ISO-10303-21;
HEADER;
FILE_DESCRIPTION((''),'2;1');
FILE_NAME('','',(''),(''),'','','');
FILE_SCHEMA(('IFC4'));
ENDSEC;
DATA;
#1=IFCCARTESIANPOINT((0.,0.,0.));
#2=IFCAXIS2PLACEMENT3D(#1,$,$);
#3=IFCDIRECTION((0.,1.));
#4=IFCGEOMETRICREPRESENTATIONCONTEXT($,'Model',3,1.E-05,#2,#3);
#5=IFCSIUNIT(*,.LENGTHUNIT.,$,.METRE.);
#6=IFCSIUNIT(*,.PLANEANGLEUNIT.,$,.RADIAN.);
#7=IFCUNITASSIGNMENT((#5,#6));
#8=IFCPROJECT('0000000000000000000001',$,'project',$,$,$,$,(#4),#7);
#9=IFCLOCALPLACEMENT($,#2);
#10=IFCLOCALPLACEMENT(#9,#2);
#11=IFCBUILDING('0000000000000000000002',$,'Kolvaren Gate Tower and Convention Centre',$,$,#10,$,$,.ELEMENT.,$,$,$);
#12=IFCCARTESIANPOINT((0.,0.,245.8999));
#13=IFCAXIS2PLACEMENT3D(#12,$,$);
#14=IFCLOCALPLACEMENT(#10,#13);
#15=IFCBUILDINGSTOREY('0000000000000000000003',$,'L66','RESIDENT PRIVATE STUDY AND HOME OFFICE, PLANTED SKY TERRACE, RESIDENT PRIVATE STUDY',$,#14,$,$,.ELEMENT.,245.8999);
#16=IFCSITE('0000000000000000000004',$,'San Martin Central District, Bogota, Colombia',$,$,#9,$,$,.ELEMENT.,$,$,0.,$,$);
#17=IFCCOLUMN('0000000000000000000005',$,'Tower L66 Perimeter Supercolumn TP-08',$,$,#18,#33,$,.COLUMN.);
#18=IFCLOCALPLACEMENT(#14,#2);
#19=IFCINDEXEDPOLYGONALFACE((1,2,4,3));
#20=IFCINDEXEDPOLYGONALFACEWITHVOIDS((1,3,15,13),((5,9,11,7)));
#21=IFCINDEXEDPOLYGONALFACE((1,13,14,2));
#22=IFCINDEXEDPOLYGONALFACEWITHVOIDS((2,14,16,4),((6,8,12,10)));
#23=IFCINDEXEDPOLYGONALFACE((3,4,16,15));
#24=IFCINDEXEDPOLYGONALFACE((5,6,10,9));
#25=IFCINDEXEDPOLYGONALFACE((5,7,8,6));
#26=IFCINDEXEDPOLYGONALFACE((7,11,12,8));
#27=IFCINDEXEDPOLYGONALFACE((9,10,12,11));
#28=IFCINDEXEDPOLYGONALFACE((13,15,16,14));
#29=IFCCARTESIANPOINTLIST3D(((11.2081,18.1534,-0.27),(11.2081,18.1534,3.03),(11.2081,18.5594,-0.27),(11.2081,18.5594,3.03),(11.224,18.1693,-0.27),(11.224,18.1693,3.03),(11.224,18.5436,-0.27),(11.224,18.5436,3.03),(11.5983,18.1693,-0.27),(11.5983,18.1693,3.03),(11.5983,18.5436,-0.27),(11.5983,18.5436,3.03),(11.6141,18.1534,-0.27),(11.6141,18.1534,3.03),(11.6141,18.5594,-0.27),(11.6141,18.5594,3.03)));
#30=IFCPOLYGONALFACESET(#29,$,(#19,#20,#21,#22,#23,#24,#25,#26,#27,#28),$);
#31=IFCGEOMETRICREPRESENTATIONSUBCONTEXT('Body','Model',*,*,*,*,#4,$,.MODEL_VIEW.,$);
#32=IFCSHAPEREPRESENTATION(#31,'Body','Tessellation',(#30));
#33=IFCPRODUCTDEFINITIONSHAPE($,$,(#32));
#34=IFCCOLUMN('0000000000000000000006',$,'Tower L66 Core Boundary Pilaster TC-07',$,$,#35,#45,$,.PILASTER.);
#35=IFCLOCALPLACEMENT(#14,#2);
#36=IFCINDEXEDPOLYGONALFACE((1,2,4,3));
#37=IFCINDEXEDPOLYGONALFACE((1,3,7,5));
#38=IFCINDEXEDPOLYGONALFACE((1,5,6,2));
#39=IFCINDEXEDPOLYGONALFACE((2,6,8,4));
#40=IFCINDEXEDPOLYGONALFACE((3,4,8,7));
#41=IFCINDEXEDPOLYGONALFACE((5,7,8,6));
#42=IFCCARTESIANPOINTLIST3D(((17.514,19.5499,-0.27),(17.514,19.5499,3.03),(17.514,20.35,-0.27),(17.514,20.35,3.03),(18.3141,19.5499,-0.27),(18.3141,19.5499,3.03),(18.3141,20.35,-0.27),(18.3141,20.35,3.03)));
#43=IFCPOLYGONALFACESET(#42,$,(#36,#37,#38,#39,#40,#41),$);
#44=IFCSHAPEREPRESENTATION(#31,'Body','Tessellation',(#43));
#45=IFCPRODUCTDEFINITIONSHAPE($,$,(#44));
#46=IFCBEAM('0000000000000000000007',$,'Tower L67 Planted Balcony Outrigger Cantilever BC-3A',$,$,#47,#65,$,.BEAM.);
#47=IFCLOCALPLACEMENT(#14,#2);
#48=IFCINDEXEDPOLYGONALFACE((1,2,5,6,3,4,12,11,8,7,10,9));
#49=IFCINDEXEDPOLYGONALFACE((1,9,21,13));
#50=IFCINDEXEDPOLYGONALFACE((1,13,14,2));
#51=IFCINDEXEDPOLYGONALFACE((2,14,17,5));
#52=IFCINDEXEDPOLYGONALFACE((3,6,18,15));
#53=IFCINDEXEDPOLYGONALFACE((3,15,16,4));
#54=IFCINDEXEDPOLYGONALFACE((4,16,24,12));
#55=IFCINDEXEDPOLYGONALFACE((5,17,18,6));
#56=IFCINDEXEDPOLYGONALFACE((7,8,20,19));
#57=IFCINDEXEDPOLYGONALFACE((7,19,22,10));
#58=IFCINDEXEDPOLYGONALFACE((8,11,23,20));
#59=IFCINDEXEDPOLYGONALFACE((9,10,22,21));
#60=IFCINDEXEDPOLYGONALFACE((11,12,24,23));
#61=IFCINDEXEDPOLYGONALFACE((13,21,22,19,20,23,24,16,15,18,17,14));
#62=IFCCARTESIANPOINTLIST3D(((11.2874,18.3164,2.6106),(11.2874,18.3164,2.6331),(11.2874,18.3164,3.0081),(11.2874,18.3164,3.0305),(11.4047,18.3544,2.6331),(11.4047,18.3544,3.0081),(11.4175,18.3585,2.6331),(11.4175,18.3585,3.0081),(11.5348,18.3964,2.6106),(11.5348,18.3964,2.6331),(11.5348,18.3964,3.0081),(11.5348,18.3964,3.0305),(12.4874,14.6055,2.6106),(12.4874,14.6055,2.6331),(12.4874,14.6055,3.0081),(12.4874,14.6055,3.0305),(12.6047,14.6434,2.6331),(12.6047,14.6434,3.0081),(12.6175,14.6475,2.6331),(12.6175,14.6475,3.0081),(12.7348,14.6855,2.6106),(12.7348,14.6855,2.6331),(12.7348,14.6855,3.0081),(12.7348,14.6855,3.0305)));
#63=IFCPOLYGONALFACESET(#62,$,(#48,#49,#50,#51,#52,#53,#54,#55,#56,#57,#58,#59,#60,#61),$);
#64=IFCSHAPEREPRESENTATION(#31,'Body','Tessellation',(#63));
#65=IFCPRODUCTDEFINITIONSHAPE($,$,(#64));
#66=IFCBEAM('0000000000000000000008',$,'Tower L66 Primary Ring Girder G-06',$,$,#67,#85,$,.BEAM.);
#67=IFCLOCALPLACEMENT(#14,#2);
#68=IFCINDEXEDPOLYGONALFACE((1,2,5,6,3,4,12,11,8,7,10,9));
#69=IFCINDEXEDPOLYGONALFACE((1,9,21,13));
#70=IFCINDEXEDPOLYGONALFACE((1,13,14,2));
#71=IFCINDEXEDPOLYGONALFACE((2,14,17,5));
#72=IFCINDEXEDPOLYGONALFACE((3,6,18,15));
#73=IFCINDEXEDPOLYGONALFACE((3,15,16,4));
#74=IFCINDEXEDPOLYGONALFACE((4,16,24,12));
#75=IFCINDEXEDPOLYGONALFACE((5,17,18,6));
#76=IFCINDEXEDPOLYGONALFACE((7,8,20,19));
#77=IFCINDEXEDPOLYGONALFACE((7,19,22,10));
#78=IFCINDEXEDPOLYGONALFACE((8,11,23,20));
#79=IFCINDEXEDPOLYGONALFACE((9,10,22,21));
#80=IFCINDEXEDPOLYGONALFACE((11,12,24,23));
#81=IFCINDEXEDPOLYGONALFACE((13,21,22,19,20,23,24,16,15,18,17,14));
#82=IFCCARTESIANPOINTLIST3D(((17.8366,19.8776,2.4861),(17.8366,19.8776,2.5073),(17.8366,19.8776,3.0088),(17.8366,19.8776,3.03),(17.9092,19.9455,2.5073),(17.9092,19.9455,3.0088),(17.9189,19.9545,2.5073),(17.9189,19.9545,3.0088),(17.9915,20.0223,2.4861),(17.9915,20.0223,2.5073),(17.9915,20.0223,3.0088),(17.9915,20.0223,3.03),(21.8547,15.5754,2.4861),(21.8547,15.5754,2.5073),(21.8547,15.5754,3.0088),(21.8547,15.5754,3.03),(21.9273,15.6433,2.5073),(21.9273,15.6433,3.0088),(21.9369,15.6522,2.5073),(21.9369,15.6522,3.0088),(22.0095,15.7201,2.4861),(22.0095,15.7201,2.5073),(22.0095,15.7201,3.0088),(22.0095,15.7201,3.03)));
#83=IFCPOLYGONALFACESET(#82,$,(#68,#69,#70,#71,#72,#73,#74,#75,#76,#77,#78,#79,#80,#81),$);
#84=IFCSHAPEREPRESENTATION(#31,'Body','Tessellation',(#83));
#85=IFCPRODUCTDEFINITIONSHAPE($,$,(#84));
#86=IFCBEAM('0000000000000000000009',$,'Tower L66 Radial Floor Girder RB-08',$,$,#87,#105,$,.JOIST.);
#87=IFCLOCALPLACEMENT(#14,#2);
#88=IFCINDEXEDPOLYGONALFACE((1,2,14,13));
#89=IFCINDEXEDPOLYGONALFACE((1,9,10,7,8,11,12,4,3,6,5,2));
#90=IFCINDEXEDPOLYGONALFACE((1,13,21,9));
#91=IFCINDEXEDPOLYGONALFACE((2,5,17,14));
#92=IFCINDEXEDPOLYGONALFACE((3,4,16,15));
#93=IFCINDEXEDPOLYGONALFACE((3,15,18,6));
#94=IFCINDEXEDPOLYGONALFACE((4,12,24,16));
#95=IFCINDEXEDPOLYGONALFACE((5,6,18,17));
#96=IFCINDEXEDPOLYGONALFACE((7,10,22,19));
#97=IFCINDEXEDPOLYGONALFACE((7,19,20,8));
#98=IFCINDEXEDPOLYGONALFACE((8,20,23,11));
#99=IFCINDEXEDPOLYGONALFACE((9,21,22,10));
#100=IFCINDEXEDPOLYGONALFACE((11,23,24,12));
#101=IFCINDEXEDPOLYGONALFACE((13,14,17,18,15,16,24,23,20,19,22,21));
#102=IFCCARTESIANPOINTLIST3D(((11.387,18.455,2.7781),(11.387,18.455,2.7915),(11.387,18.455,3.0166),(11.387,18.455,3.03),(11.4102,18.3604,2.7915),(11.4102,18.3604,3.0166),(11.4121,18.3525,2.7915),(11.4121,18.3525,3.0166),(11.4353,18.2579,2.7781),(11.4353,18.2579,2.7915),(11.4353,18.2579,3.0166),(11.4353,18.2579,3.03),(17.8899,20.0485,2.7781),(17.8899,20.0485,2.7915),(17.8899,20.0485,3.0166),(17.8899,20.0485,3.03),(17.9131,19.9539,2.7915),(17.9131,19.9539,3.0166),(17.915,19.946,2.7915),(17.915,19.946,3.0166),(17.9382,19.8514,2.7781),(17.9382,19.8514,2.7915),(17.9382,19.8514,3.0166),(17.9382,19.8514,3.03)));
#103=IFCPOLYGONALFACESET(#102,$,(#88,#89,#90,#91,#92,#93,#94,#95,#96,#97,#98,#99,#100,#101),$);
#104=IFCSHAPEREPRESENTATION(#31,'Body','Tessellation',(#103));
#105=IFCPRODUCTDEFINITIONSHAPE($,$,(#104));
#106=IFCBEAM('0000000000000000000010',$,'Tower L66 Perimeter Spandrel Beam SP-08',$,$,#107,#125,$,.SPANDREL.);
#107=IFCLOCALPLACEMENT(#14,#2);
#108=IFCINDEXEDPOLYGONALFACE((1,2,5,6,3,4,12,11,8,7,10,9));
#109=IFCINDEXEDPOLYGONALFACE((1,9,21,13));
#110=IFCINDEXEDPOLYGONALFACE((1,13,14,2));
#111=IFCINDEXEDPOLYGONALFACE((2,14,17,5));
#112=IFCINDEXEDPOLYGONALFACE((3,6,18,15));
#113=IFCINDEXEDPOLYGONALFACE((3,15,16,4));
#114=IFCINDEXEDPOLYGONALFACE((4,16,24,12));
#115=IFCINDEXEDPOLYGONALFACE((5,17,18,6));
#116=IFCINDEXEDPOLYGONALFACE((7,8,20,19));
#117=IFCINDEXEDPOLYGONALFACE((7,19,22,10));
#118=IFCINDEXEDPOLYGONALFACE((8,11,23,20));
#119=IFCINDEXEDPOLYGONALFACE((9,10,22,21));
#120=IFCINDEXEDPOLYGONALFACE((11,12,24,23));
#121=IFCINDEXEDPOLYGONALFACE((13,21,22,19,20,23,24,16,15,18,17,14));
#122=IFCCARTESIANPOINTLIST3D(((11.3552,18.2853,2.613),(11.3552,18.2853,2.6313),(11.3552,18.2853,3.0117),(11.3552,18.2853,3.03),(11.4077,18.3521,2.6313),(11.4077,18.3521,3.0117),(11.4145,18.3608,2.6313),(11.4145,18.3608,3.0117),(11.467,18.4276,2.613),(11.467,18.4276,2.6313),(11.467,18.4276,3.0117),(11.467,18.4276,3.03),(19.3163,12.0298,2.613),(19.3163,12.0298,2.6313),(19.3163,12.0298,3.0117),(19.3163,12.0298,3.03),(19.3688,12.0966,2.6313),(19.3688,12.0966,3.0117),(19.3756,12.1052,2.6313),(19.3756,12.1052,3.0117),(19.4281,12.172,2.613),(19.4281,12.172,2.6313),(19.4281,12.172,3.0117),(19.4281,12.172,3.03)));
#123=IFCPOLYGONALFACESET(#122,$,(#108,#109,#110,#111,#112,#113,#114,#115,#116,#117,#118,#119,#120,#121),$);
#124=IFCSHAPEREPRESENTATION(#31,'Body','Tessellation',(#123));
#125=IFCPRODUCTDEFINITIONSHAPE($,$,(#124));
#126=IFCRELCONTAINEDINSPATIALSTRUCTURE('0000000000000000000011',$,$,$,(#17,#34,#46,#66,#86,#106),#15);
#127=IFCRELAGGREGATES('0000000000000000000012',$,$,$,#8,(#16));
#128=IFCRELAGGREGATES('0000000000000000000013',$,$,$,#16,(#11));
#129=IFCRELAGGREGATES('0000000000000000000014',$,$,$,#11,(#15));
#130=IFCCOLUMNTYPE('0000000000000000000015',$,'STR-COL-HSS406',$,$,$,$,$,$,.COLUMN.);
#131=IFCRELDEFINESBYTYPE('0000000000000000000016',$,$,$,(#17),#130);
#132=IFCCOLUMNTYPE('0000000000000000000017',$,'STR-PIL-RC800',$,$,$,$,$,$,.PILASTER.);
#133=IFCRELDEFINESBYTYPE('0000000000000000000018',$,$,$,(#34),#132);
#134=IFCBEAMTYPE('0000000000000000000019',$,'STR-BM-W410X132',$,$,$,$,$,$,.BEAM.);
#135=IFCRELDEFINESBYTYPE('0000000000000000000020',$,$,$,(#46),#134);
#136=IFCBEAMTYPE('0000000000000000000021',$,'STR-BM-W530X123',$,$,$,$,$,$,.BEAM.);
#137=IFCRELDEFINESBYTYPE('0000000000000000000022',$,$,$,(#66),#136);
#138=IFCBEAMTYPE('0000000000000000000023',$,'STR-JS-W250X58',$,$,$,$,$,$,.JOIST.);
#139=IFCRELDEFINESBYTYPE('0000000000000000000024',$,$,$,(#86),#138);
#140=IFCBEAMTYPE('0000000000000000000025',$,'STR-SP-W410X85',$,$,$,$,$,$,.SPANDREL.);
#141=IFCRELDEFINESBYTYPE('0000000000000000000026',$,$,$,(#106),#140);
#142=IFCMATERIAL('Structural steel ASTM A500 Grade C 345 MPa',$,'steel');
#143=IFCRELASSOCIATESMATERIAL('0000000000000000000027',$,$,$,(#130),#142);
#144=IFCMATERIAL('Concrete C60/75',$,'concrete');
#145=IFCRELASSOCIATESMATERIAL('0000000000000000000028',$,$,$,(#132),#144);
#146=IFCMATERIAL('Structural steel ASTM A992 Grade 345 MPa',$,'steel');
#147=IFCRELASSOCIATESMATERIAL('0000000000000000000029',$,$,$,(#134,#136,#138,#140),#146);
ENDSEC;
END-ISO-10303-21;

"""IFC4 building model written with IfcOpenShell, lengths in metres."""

from ifc_helpers import new_model, si_unit, direction, frame, origin, origin_2d, place, context, subcontext, project, spatial, rectangle, hollow_rectangle, i_section, extrude, material, material_profile, profile_set, type_object, element, save


model = new_model("IFC4")

# Units and contexts
model_context = context("Model", 3, precision=1e-05, world=origin(), true_north=direction((0.0, 1.0)))
body_context = subcontext(model_context, "Body", "Model", "MODEL_VIEW")
ifc_project = project(units=[si_unit("LENGTHUNIT", "METRE"), si_unit("PLANEANGLEUNIT", "RADIAN")], contexts=[model_context])

# Site, building, storey
site_placement = place(None, origin())
site = spatial("IfcSite", under=ifc_project, at=site_placement, Name="San Martin Central District, Bogota, Colombia", CompositionType="ELEMENT", RefElevation=0.0)
building_placement = place(site_placement, origin())
building = spatial("IfcBuilding", under=site, at=building_placement, Name="Kolvaren Gate Tower and Convention Centre", CompositionType="ELEMENT")
storey_placement = place(building_placement, frame((0.0, 0.0, 245.8999)))
storey = spatial("IfcBuildingStorey", under=building, at=storey_placement, Name="L66", Description="RESIDENT PRIVATE STUDY AND HOME OFFICE, PLANTED SKY TERRACE, RESIDENT PRIVATE STUDY", CompositionType="ELEMENT", Elevation=245.8999)

# Columns
ifc_material_1 = material(Name="Structural steel ASTM A500 Grade C 345 MPa", Category="steel")
ifc_material_profile_1 = material_profile(ifc_material_1, hollow_rectangle(XDim=0.406, YDim=0.406, WallThickness=0.0159, at=origin_2d()), Name="HSS406X406X15.9")
ifc_profile_set_1 = profile_set([ifc_material_profile_1], Name="Structural steel ASTM A500 Grade C 345 MPa")
column_type_1 = type_object("IfcColumnType", Name="STR-COL-HSS406", PredefinedType="COLUMN", material=ifc_profile_set_1)
column_1_placement = place(storey_placement, frame((11.4111, 18.3564, -0.27), z_axis=(0.0, 0.0, 1.0), x_axis=(1.0, 0.0, 0.0)))
element("IfcColumn", 1, at=column_1_placement, inside=storey, type_object=column_type_1, Name="Tower L66 Perimeter Supercolumn TP-08", PredefinedType="COLUMN", context=body_context, shape_type="SweptSolid", body=[
    extrude(hollow_rectangle(XDim=0.406, YDim=0.406, WallThickness=0.0159, at=origin_2d()), origin(), (0.0, 0.0, 1.0), 3.3),
])
ifc_material_2 = material(Name="Concrete C60/75", Category="concrete")
ifc_material_profile_2 = material_profile(ifc_material_2, rectangle(XDim=0.8, YDim=0.8, at=origin_2d()), Name="RC-COL-800X800")
ifc_profile_set_2 = profile_set([ifc_material_profile_2], Name="Concrete C60/75")
column_type_2 = type_object("IfcColumnType", Name="STR-PIL-RC800", PredefinedType="PILASTER", material=ifc_profile_set_2)
column_2_placement = place(storey_placement, frame((17.9141, 19.95, -0.27), z_axis=(0.0, 0.0, 1.0), x_axis=(1.0, 0.0, 0.0)))
element("IfcColumn", 2, at=column_2_placement, inside=storey, type_object=column_type_2, Name="Tower L66 Core Boundary Pilaster TC-07", PredefinedType="PILASTER", context=body_context, shape_type="SweptSolid", body=[
    extrude(rectangle(XDim=0.8, YDim=0.8, at=origin_2d()), origin(), (0.0, 0.0, 1.0), 3.3),
])

# Beams
ifc_material_3 = material(Name="Structural steel ASTM A992 Grade 345 MPa", Category="steel")
ifc_material_profile_3 = material_profile(ifc_material_3, i_section(OverallWidth=0.26, OverallDepth=0.4199, WebThickness=0.0134, FlangeThickness=0.0225, at=origin_2d()), Name="W410X132")
ifc_profile_set_3 = profile_set([ifc_material_profile_3], Name="Structural steel ASTM A992 Grade 345 MPa")
beam_type_1 = type_object("IfcBeamType", Name="STR-BM-W410X132", PredefinedType="BEAM", material=ifc_profile_set_3)
beam_1_placement = place(storey_placement, frame((11.4111, 18.3564, 2.8206), z_axis=(0.30767, -0.951493, 0.0), x_axis=(0.951493, 0.30767, 0.0)))
element("IfcBeam", 3, at=beam_1_placement, inside=storey, type_object=beam_type_1, Name="Tower L67 Planted Balcony Outrigger Cantilever BC-3A", PredefinedType="BEAM", context=body_context, shape_type="SweptSolid", body=[
    extrude(i_section(OverallWidth=0.26, OverallDepth=0.4199, WebThickness=0.0134, FlangeThickness=0.0225, at=origin_2d()), origin(), (0.0, 0.0, 1.0), 3.9001),
])
ifc_material_profile_4 = material_profile(ifc_material_3, i_section(OverallWidth=0.2119, OverallDepth=0.5439, WebThickness=0.0132, FlangeThickness=0.0212, at=origin_2d()), Name="W530X123")
ifc_profile_set_4 = profile_set([ifc_material_profile_4], Name="Structural steel ASTM A992 Grade 345 MPa")
beam_type_2 = type_object("IfcBeamType", Name="STR-BM-W530X123", PredefinedType="BEAM", material=ifc_profile_set_4)
beam_2_placement = place(storey_placement, frame((17.9141, 19.95, 2.7581), z_axis=(0.682558, -0.730832, 0.0), x_axis=(0.730832, 0.682558, 0.0)))
element("IfcBeam", 4, at=beam_2_placement, inside=storey, type_object=beam_type_2, Name="Tower L66 Primary Ring Girder G-06", PredefinedType="BEAM", context=body_context, shape_type="SweptSolid", body=[
    extrude(i_section(OverallWidth=0.2119, OverallDepth=0.5439, WebThickness=0.0132, FlangeThickness=0.0212, at=origin_2d()), origin(), (0.0, 0.0, 1.0), 5.8867),
])
ifc_material_profile_5 = material_profile(ifc_material_3, i_section(OverallWidth=0.2029, OverallDepth=0.252, WebThickness=0.0081, FlangeThickness=0.0134, at=origin_2d()), Name="W250X58")
ifc_profile_set_5 = profile_set([ifc_material_profile_5], Name="Structural steel ASTM A992 Grade 345 MPa")
beam_type_3 = type_object("IfcBeamType", Name="STR-JS-W250X58", PredefinedType="JOIST", material=ifc_profile_set_5)
beam_3_placement = place(storey_placement, frame((17.9141, 19.95, 2.9041), z_axis=(-0.971264, -0.238003, 0.0), x_axis=(0.238003, -0.971264, 0.0)))
element("IfcBeam", 5, at=beam_3_placement, inside=storey, type_object=beam_type_3, Name="Tower L66 Radial Floor Girder RB-08", PredefinedType="JOIST", context=body_context, shape_type="SweptSolid", body=[
    extrude(i_section(OverallWidth=0.2029, OverallDepth=0.252, WebThickness=0.0081, FlangeThickness=0.0134, at=origin_2d()), origin(), (0.0, 0.0, 1.0), 6.6953),
])
ifc_material_profile_6 = material_profile(ifc_material_3, i_section(OverallWidth=0.1809, OverallDepth=0.417, WebThickness=0.011, FlangeThickness=0.0183, at=origin_2d()), Name="W410X85")
ifc_profile_set_6 = profile_set([ifc_material_profile_6], Name="Structural steel ASTM A992 Grade 345 MPa")
beam_type_4 = type_object("IfcBeamType", Name="STR-SP-W410X85", PredefinedType="SPANDREL", material=ifc_profile_set_6)
beam_4_placement = place(storey_placement, frame((11.4111, 18.3564, 2.8215), z_axis=(0.786299, -0.617846, 0.0), x_axis=(0.617846, 0.786299, 0.0)))
element("IfcBeam", 6, at=beam_4_placement, inside=storey, type_object=beam_type_4, Name="Tower L66 Perimeter Spandrel Beam SP-08", PredefinedType="SPANDREL", context=body_context, shape_type="SweptSolid", body=[
    extrude(i_section(OverallWidth=0.1809, OverallDepth=0.417, WebThickness=0.011, FlangeThickness=0.0183, at=origin_2d()), origin(), (0.0, 0.0, 1.0), 10.1248),
])

save(model, "model.ifc")
